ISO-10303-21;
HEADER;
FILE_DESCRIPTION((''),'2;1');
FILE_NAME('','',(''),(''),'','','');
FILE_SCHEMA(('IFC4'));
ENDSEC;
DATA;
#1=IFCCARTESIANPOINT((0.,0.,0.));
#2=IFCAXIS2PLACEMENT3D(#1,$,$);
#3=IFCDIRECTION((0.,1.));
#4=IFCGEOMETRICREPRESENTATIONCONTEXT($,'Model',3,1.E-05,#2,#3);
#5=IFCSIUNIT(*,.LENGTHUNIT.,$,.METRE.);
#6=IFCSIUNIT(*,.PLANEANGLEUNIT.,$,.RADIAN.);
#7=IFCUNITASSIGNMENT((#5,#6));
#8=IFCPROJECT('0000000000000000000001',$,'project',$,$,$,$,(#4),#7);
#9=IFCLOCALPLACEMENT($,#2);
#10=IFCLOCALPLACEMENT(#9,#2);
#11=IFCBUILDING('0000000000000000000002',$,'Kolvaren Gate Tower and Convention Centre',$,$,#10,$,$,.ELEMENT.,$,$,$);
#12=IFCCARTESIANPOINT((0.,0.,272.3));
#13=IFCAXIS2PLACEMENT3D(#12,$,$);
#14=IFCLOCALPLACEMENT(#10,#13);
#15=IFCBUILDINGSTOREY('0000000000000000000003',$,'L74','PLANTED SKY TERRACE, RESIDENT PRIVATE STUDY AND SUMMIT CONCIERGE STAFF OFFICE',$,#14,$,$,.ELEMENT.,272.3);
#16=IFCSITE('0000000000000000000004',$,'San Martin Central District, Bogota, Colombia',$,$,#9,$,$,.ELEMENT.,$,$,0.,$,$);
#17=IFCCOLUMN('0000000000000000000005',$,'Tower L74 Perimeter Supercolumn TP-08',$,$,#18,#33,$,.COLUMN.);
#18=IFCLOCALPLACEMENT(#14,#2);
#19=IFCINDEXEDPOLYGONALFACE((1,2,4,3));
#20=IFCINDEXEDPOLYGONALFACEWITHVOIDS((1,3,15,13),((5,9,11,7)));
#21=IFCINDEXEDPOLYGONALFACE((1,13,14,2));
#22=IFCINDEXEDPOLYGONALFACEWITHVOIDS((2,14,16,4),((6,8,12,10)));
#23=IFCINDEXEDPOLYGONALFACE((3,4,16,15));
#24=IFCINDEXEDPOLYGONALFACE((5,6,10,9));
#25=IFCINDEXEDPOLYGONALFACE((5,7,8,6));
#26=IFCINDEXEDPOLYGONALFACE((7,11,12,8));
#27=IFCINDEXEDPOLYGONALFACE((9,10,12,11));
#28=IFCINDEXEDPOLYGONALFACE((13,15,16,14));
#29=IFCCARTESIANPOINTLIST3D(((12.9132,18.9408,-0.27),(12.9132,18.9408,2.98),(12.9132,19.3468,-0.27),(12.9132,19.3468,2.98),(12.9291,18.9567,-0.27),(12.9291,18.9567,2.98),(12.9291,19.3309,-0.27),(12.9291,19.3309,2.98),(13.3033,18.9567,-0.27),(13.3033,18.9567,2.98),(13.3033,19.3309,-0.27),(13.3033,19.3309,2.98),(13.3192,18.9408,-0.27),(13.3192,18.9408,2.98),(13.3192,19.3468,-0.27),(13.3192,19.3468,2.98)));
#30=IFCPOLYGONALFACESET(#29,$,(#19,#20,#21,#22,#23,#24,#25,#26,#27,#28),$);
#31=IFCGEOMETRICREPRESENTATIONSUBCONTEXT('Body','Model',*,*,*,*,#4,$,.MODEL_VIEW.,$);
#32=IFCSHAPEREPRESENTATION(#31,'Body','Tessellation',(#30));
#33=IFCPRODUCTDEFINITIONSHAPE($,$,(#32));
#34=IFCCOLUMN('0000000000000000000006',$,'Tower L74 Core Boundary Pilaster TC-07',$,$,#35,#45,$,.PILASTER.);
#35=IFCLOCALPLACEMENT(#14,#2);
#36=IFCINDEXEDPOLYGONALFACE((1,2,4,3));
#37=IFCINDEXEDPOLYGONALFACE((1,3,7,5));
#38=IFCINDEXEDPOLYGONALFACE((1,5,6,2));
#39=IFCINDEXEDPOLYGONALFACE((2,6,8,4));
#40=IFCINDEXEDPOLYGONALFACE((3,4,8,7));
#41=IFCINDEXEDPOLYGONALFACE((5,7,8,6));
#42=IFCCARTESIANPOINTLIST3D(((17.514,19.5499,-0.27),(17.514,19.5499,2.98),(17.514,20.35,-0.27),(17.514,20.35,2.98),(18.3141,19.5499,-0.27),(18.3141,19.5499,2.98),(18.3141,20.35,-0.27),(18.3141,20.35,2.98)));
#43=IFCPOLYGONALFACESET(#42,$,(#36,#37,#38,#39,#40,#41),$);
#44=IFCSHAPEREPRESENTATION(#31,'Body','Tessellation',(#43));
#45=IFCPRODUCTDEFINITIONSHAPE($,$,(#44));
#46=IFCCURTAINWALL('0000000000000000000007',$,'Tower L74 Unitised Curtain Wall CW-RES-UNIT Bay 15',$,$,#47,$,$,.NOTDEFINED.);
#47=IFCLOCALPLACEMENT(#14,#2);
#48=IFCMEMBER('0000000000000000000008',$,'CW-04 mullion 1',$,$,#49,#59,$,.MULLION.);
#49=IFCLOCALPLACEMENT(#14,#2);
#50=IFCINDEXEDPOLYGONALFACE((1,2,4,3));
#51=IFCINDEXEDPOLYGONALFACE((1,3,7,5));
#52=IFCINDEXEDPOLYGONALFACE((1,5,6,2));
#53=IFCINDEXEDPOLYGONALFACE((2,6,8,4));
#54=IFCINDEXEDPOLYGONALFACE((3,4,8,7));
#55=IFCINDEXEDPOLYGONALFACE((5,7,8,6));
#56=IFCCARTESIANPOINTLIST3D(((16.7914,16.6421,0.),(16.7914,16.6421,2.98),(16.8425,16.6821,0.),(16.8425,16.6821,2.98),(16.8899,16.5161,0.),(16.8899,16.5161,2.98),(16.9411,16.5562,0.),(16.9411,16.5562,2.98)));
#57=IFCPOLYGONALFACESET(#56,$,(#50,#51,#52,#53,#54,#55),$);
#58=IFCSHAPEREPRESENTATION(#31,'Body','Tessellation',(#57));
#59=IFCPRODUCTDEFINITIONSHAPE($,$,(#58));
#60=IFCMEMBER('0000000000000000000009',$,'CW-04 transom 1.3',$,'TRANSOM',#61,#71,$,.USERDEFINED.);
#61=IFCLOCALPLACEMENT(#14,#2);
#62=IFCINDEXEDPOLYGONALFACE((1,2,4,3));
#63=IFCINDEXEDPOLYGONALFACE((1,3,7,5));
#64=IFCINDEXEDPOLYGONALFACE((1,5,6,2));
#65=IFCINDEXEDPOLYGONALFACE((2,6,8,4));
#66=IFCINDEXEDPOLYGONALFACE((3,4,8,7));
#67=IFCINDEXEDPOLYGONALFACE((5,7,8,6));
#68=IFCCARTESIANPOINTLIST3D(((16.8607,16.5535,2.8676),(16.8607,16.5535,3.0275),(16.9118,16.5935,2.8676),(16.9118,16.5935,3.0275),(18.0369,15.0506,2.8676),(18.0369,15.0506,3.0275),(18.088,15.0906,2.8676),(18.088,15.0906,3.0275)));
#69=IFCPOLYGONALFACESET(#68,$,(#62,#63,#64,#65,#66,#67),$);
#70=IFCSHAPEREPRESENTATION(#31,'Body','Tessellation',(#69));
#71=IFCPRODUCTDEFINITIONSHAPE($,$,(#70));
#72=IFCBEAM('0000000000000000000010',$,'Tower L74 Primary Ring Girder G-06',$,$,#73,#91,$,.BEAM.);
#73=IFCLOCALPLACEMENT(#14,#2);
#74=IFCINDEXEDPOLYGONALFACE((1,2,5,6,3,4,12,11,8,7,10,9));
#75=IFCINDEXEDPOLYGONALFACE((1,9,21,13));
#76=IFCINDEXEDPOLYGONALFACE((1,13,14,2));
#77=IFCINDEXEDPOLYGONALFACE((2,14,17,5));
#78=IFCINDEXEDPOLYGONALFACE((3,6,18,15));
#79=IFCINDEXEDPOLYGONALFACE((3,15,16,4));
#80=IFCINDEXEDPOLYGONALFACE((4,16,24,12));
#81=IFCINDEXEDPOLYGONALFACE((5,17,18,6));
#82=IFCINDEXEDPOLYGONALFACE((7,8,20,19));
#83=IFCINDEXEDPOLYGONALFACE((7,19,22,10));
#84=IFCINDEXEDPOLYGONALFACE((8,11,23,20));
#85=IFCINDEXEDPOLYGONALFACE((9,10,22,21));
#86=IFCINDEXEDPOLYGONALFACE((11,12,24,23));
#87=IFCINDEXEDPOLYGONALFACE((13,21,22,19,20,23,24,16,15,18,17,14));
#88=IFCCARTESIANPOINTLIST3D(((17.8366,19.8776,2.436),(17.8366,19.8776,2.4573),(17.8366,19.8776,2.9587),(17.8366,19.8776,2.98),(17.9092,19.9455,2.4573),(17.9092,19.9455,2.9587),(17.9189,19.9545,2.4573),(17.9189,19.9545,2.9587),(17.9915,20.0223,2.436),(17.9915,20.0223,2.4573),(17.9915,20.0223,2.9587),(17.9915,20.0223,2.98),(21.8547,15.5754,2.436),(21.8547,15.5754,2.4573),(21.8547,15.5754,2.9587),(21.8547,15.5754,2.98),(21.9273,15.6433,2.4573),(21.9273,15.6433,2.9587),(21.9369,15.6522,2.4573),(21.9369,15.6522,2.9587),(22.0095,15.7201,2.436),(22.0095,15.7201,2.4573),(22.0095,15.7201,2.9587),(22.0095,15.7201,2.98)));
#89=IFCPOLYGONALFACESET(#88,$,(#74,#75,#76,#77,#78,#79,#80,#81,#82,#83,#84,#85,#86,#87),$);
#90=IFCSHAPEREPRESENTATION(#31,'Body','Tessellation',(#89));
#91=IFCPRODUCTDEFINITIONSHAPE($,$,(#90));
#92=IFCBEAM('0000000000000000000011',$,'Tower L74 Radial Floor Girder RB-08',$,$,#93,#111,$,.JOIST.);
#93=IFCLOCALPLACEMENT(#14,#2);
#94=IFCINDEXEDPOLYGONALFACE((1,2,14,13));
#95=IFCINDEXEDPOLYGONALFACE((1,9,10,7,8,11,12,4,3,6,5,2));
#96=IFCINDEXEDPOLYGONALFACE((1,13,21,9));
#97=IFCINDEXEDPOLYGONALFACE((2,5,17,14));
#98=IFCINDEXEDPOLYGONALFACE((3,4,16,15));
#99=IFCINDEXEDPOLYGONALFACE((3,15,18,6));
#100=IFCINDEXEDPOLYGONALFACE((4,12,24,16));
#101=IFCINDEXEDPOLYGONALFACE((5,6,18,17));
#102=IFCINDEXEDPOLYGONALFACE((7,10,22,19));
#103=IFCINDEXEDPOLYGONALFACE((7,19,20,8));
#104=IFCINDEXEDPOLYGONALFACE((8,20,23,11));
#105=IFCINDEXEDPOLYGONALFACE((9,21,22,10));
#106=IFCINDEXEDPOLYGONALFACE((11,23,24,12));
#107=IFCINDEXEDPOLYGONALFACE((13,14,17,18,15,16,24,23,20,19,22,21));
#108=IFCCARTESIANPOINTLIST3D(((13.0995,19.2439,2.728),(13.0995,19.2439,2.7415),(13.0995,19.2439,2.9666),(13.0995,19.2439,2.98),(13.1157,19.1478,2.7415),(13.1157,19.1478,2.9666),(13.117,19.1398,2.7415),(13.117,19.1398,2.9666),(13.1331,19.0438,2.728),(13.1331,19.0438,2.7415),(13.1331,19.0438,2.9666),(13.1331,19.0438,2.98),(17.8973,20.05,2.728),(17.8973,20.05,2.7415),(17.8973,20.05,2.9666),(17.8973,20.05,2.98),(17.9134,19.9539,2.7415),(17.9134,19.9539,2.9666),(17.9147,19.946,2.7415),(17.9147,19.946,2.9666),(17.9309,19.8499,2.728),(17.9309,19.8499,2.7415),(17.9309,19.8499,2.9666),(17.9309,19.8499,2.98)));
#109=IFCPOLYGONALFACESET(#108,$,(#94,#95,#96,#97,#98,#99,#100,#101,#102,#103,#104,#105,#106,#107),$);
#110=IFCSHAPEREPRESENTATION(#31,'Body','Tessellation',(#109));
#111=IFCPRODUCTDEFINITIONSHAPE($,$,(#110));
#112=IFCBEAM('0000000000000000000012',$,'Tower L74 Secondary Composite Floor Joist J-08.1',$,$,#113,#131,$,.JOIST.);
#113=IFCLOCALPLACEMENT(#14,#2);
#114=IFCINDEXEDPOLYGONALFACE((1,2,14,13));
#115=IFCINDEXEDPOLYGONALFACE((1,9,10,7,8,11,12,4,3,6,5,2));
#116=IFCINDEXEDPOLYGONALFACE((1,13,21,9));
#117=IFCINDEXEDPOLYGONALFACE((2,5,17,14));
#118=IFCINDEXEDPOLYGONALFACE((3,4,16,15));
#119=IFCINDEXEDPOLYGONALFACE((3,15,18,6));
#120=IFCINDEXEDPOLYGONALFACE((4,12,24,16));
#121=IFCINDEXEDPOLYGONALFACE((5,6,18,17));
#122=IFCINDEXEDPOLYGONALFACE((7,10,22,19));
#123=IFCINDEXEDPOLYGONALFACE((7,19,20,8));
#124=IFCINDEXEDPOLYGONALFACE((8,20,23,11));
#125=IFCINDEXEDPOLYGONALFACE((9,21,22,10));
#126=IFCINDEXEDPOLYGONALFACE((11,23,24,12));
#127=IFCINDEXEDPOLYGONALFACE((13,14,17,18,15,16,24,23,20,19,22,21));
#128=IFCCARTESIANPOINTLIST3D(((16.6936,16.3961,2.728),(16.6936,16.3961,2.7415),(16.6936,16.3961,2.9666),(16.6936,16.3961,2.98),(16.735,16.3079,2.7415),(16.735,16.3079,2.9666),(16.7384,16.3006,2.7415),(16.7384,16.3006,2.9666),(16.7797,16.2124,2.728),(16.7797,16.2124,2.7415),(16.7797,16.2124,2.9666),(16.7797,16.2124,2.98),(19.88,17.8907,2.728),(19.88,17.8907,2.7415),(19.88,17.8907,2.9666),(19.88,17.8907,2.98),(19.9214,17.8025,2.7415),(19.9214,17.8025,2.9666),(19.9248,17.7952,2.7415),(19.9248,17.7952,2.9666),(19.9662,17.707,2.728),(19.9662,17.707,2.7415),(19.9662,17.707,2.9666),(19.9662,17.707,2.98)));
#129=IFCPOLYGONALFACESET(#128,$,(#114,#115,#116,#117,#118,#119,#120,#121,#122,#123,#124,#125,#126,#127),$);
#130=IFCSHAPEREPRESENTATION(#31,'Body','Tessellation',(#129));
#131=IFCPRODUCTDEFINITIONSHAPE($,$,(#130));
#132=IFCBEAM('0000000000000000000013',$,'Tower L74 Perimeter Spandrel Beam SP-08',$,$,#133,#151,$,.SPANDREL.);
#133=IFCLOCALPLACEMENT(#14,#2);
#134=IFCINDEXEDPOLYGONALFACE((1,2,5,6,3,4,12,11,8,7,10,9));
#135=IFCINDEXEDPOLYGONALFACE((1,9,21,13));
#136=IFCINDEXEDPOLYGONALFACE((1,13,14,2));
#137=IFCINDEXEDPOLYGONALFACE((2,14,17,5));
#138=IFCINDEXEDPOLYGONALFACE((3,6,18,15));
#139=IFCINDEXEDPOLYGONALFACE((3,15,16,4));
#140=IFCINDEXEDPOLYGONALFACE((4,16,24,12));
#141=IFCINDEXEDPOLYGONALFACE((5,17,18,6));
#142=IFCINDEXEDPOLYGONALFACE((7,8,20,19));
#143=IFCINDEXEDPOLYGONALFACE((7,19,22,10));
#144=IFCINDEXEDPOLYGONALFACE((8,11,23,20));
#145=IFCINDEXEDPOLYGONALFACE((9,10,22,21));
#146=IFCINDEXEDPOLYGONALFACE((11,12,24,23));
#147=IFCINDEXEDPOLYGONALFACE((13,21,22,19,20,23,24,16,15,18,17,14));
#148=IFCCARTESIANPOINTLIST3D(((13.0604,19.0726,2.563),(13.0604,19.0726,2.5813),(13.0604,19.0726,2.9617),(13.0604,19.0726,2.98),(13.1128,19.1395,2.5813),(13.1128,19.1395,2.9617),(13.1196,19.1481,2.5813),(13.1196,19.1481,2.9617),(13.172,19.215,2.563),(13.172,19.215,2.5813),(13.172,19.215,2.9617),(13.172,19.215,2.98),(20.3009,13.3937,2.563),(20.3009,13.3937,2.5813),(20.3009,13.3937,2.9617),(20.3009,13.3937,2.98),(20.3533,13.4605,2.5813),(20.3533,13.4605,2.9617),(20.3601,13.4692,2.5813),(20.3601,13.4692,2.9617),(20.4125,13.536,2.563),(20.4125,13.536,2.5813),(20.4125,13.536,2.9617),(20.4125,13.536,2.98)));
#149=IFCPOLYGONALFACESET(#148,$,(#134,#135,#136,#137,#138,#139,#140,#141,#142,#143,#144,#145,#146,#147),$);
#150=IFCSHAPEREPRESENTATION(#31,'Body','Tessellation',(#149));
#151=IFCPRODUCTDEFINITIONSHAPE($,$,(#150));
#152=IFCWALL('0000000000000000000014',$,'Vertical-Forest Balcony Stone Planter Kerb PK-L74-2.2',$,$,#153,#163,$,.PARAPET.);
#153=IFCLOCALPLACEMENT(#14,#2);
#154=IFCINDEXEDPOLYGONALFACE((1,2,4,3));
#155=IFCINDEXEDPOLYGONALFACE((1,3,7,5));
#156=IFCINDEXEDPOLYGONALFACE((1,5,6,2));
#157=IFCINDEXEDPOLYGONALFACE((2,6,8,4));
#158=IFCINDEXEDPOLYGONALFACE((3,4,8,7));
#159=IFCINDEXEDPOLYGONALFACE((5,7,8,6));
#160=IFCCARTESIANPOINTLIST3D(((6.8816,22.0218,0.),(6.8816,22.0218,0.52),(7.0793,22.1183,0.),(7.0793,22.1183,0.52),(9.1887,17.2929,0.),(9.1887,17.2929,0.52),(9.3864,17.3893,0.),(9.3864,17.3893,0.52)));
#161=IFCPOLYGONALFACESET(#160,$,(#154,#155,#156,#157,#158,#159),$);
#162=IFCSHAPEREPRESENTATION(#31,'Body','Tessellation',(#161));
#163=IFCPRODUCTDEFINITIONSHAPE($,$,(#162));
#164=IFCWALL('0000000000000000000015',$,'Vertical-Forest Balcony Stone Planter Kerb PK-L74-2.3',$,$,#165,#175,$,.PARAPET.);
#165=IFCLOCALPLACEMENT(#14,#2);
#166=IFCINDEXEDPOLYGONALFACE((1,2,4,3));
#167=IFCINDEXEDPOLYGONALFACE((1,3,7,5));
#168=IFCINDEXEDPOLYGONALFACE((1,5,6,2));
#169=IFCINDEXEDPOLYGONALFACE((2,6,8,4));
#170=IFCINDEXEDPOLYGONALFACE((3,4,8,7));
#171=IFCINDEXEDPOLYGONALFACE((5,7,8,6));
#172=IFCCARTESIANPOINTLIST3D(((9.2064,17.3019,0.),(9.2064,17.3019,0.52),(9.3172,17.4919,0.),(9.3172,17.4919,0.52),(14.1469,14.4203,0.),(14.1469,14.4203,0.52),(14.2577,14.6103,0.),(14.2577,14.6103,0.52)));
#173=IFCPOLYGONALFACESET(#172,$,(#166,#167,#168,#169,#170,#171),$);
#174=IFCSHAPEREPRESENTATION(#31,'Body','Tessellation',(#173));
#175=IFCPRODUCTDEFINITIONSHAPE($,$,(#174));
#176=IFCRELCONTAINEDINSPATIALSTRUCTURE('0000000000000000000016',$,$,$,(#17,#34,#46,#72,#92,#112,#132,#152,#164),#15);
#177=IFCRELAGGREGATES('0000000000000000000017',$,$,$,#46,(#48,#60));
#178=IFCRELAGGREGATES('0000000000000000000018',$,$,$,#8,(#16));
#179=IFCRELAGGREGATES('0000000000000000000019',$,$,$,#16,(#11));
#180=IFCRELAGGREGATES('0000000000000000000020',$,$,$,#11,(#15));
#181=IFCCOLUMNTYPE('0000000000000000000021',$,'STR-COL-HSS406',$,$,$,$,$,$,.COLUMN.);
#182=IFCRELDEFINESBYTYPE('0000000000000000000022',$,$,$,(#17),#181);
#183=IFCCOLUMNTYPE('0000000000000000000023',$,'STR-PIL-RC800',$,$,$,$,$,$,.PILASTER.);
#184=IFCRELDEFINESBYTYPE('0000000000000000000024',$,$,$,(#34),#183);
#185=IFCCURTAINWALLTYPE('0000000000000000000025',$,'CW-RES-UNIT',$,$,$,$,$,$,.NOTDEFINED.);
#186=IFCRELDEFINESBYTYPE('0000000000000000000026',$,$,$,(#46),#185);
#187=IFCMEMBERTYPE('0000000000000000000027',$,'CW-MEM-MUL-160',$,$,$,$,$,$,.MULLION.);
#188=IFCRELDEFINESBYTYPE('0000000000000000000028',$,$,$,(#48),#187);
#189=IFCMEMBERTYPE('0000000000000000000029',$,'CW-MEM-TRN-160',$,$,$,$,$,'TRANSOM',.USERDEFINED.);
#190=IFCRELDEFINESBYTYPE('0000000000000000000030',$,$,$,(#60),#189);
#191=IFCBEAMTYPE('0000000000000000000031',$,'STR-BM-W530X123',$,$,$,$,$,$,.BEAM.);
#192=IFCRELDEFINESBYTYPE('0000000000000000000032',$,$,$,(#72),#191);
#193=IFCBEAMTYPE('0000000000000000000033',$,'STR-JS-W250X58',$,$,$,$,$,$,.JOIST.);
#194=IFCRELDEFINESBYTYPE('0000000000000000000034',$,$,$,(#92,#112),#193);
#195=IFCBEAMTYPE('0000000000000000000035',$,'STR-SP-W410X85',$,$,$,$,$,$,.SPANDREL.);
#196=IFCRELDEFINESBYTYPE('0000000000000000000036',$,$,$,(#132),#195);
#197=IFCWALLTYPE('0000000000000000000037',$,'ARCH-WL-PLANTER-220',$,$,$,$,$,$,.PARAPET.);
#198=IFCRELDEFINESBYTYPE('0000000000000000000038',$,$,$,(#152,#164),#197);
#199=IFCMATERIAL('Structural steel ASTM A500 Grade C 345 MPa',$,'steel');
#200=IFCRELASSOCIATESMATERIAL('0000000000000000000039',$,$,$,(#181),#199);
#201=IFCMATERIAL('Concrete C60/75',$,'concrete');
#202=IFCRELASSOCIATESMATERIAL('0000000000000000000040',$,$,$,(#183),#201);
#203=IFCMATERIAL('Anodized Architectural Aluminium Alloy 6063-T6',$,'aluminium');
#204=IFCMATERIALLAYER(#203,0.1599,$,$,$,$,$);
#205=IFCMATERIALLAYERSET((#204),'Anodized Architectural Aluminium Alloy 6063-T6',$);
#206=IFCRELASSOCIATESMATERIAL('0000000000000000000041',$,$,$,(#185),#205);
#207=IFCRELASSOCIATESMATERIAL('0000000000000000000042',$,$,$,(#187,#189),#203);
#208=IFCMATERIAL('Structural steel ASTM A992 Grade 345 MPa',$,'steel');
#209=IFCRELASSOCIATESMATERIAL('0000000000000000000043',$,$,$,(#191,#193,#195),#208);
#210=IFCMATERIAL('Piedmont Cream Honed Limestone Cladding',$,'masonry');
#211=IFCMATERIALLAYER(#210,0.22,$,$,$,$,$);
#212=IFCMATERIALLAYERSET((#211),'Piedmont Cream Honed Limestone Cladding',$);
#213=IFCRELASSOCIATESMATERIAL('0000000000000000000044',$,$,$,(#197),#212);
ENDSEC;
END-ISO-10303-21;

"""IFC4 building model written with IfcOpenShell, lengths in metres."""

from ifc_helpers import new_model, si_unit, direction, frame, frame_2d, origin, origin_2d, place, context, subcontext, project, spatial, rectangle, hollow_rectangle, i_section, extrude, material, layer, layer_set, material_profile, profile_set, type_object, element, aggregate, save


model = new_model("IFC4")

# Units and contexts
model_context = context("Model", 3, precision=1e-05, world=origin(), true_north=direction((0.0, 1.0)))
body_context = subcontext(model_context, "Body", "Model", "MODEL_VIEW")
ifc_project = project(units=[si_unit("LENGTHUNIT", "METRE"), si_unit("PLANEANGLEUNIT", "RADIAN")], contexts=[model_context])

# Site, building, storey
site_placement = place(None, origin())
site = spatial("IfcSite", under=ifc_project, at=site_placement, Name="San Martin Central District, Bogota, Colombia", CompositionType="ELEMENT", RefElevation=0.0)
building_placement = place(site_placement, origin())
building = spatial("IfcBuilding", under=site, at=building_placement, Name="Kolvaren Gate Tower and Convention Centre", CompositionType="ELEMENT")
storey_placement = place(building_placement, frame((0.0, 0.0, 272.3)))
storey = spatial("IfcBuildingStorey", under=building, at=storey_placement, Name="L74", Description="PLANTED SKY TERRACE, RESIDENT PRIVATE STUDY AND SUMMIT CONCIERGE STAFF OFFICE", CompositionType="ELEMENT", Elevation=272.3)

# Columns
ifc_material_1 = material(Name="Structural steel ASTM A500 Grade C 345 MPa", Category="steel")
ifc_material_profile_1 = material_profile(ifc_material_1, hollow_rectangle(XDim=0.406, YDim=0.406, WallThickness=0.0159, at=origin_2d()), Name="HSS406X406X15.9")
ifc_profile_set_1 = profile_set([ifc_material_profile_1], Name="Structural steel ASTM A500 Grade C 345 MPa")
column_type_1 = type_object("IfcColumnType", Name="STR-COL-HSS406", PredefinedType="COLUMN", material=ifc_profile_set_1)
column_1_placement = place(storey_placement, frame((13.1162, 19.1438, -0.27), z_axis=(0.0, 0.0, 1.0), x_axis=(1.0, 0.0, 0.0)))
element("IfcColumn", 1, at=column_1_placement, inside=storey, type_object=column_type_1, Name="Tower L74 Perimeter Supercolumn TP-08", PredefinedType="COLUMN", context=body_context, shape_type="SweptSolid", body=[
    extrude(hollow_rectangle(XDim=0.406, YDim=0.406, WallThickness=0.0159, at=origin_2d()), origin(), (0.0, 0.0, 1.0), 3.25),
])
ifc_material_2 = material(Name="Concrete C60/75", Category="concrete")
ifc_material_profile_2 = material_profile(ifc_material_2, rectangle(XDim=0.8, YDim=0.8, at=origin_2d()), Name="RC-COL-800X800")
ifc_profile_set_2 = profile_set([ifc_material_profile_2], Name="Concrete C60/75")
column_type_2 = type_object("IfcColumnType", Name="STR-PIL-RC800", PredefinedType="PILASTER", material=ifc_profile_set_2)
column_2_placement = place(storey_placement, frame((17.9141, 19.95, -0.27), z_axis=(0.0, 0.0, 1.0), x_axis=(1.0, 0.0, 0.0)))
element("IfcColumn", 2, at=column_2_placement, inside=storey, type_object=column_type_2, Name="Tower L74 Core Boundary Pilaster TC-07", PredefinedType="PILASTER", context=body_context, shape_type="SweptSolid", body=[
    extrude(rectangle(XDim=0.8, YDim=0.8, at=origin_2d()), origin(), (0.0, 0.0, 1.0), 3.25),
])

# Curtain wall, members
ifc_material_3 = material(Name="Anodized Architectural Aluminium Alloy 6063-T6", Category="aluminium")
ifc_layer_1 = layer(ifc_material_3, 0.1599)
ifc_layer_set_1 = layer_set([ifc_layer_1], Name="Anodized Architectural Aluminium Alloy 6063-T6")
curtain_wall_type = type_object("IfcCurtainWallType", Name="CW-RES-UNIT", PredefinedType="NOTDEFINED", material=ifc_layer_set_1)
curtain_wall_placement = place(storey_placement, origin())
curtain_wall = element("IfcCurtainWall", 3, at=curtain_wall_placement, inside=storey, type_object=curtain_wall_type, Name="Tower L74 Unitised Curtain Wall CW-RES-UNIT Bay 15", PredefinedType="NOTDEFINED")
ifc_material_profile_3 = material_profile(ifc_material_3, rectangle(XDim=0.0649, YDim=0.1599, at=origin_2d()), Name="CW-MEM-MUL-160")
ifc_profile_set_3 = profile_set([ifc_material_profile_3], Name="Anodized Architectural Aluminium Alloy 6063-T6")
member_type_1 = type_object("IfcMemberType", Name="CW-MEM-MUL-160", PredefinedType="MULLION", material=ifc_profile_set_3)
member_1_placement = place(storey_placement, frame((16.8662, 16.5991, 0.0), z_axis=(0.0, 0.0, 1.0), x_axis=(0.787413, 0.616426, 0.0)))
member_1 = element("IfcMember", 4, at=member_1_placement, type_object=member_type_1, Name="CW-04 mullion 1", PredefinedType="MULLION", context=body_context, shape_type="SweptSolid", body=[
    extrude(rectangle(XDim=0.0649, YDim=0.1599, at=origin_2d()), origin(), (0.0, 0.0, 1.0), 2.98),
])
ifc_material_profile_4 = material_profile(ifc_material_3, rectangle(XDim=0.0649, YDim=0.1599, at=origin_2d()), Name="CW-MEM-TRN-160")
ifc_profile_set_4 = profile_set([ifc_material_profile_4], Name="Anodized Architectural Aluminium Alloy 6063-T6")
member_type_2 = type_object("IfcMemberType", Name="CW-MEM-TRN-160", ElementType="TRANSOM", PredefinedType="USERDEFINED", material=ifc_profile_set_4)
member_2_placement = place(storey_placement, frame((16.8862, 16.5735, 2.9475), z_axis=(0.616329, -0.787489, 0.0), x_axis=(0.787489, 0.616329, 0.0)))
member_2 = element("IfcMember", 5, at=member_2_placement, type_object=member_type_2, Name="CW-04 transom 1.3", ObjectType="TRANSOM", PredefinedType="USERDEFINED", context=body_context, shape_type="SweptSolid", body=[
    extrude(rectangle(XDim=0.0649, YDim=0.1599, at=origin_2d()), origin(), (0.0, 0.0, 1.0), 1.9084),
])
aggregate(curtain_wall, [member_1, member_2])

# Beams
ifc_material_4 = material(Name="Structural steel ASTM A992 Grade 345 MPa", Category="steel")
ifc_material_profile_5 = material_profile(ifc_material_4, i_section(OverallWidth=0.2119, OverallDepth=0.5439, WebThickness=0.0132, FlangeThickness=0.0212, at=origin_2d()), Name="W530X123")
ifc_profile_set_5 = profile_set([ifc_material_profile_5], Name="Structural steel ASTM A992 Grade 345 MPa")
beam_type_1 = type_object("IfcBeamType", Name="STR-BM-W530X123", PredefinedType="BEAM", material=ifc_profile_set_5)
beam_1_placement = place(storey_placement, frame((17.9141, 19.95, 2.708), z_axis=(0.682558, -0.730832, 0.0), x_axis=(0.730832, 0.682558, 0.0)))
element("IfcBeam", 6, at=beam_1_placement, inside=storey, type_object=beam_type_1, Name="Tower L74 Primary Ring Girder G-06", PredefinedType="BEAM", context=body_context, shape_type="SweptSolid", body=[
    extrude(i_section(OverallWidth=0.2119, OverallDepth=0.5439, WebThickness=0.0132, FlangeThickness=0.0212, at=origin_2d()), origin(), (0.0, 0.0, 1.0), 5.8867),
])
ifc_material_profile_6 = material_profile(ifc_material_4, i_section(OverallWidth=0.2029, OverallDepth=0.252, WebThickness=0.0081, FlangeThickness=0.0134, at=origin_2d()), Name="W250X58")
ifc_profile_set_6 = profile_set([ifc_material_profile_6], Name="Structural steel ASTM A992 Grade 345 MPa")
beam_type_2 = type_object("IfcBeamType", Name="STR-JS-W250X58", PredefinedType="JOIST", material=ifc_profile_set_6)
beam_2_placement = place(storey_placement, frame((17.9141, 19.95, 2.854), z_axis=(-0.986176, -0.165701, 0.0), x_axis=(0.165701, -0.986176, 0.0)))
element("IfcBeam", 7, at=beam_2_placement, inside=storey, type_object=beam_type_2, Name="Tower L74 Radial Floor Girder RB-08", PredefinedType="JOIST", context=body_context, shape_type="SweptSolid", body=[
    extrude(i_section(OverallWidth=0.2029, OverallDepth=0.252, WebThickness=0.0081, FlangeThickness=0.0134, at=origin_2d()), origin(), (0.0, 0.0, 1.0), 4.865),
])
beam_3_placement = place(storey_placement, frame((19.9231, 17.7988, 2.854), z_axis=(-0.905356, -0.424654, 0.0), x_axis=(0.424654, -0.905356, 0.0)))
element("IfcBeam", 8, at=beam_3_placement, inside=storey, type_object=beam_type_2, Name="Tower L74 Secondary Composite Floor Joist J-08.1", PredefinedType="JOIST", context=body_context, shape_type="SweptSolid", body=[
    extrude(i_section(OverallWidth=0.2029, OverallDepth=0.252, WebThickness=0.0081, FlangeThickness=0.0134, at=origin_2d()), origin(), (0.0, 0.0, 1.0), 3.5195),
])
ifc_material_profile_7 = material_profile(ifc_material_4, i_section(OverallWidth=0.1809, OverallDepth=0.417, WebThickness=0.011, FlangeThickness=0.0183, at=origin_2d()), Name="W410X85")
ifc_profile_set_7 = profile_set([ifc_material_profile_7], Name="Structural steel ASTM A992 Grade 345 MPa")
beam_type_3 = type_object("IfcBeamType", Name="STR-SP-W410X85", PredefinedType="SPANDREL", material=ifc_profile_set_7)
beam_4_placement = place(storey_placement, frame((13.1162, 19.1438, 2.7715), z_axis=(0.786846, -0.61715, 0.0), x_axis=(0.61715, 0.786846, 0.0)))
element("IfcBeam", 9, at=beam_4_placement, inside=storey, type_object=beam_type_3, Name="Tower L74 Perimeter Spandrel Beam SP-08", PredefinedType="SPANDREL", context=body_context, shape_type="SweptSolid", body=[
    extrude(i_section(OverallWidth=0.1809, OverallDepth=0.417, WebThickness=0.011, FlangeThickness=0.0183, at=origin_2d()), origin(), (0.0, 0.0, 1.0), 9.2019),
])

# Walls
ifc_material_5 = material(Name="Piedmont Cream Honed Limestone Cladding", Category="masonry")
ifc_layer_2 = layer(ifc_material_5, 0.22)
ifc_layer_set_2 = layer_set([ifc_layer_2], Name="Piedmont Cream Honed Limestone Cladding")
wall_type_1 = type_object("IfcWallType", Name="ARCH-WL-PLANTER-220", PredefinedType="PARAPET", material=ifc_layer_set_2)
wall_1_placement = place(storey_placement, frame((6.9805, 22.0701, 0.0), z_axis=(0.0, 0.0, 1.0), x_axis=(0.438469, -0.898746, 0.0)))
element("IfcWall", 10, at=wall_1_placement, inside=storey, type_object=wall_type_1, Name="Vertical-Forest Balcony Stone Planter Kerb PK-L74-2.2", PredefinedType="PARAPET", context=body_context, shape_type="SweptSolid", body=[
    extrude(rectangle(XDim=5.2617, YDim=0.22, at=frame_2d((2.6309, 0.0))), origin(), (0.0, 0.0, 1.0), 0.52),
])
wall_2_placement = place(storey_placement, frame((9.2617, 17.397, 0.0), z_axis=(0.0, 0.0, 1.0), x_axis=(0.863804, -0.503829, 0.0)))
element("IfcWall", 11, at=wall_2_placement, inside=storey, type_object=wall_type_1, Name="Vertical-Forest Balcony Stone Planter Kerb PK-L74-2.3", PredefinedType="PARAPET", context=body_context, shape_type="SweptSolid", body=[
    extrude(rectangle(XDim=5.7195, YDim=0.22, at=frame_2d((2.8599, 0.0))), origin(), (0.0, 0.0, 1.0), 0.52),
])

save(model, "model.ifc")
